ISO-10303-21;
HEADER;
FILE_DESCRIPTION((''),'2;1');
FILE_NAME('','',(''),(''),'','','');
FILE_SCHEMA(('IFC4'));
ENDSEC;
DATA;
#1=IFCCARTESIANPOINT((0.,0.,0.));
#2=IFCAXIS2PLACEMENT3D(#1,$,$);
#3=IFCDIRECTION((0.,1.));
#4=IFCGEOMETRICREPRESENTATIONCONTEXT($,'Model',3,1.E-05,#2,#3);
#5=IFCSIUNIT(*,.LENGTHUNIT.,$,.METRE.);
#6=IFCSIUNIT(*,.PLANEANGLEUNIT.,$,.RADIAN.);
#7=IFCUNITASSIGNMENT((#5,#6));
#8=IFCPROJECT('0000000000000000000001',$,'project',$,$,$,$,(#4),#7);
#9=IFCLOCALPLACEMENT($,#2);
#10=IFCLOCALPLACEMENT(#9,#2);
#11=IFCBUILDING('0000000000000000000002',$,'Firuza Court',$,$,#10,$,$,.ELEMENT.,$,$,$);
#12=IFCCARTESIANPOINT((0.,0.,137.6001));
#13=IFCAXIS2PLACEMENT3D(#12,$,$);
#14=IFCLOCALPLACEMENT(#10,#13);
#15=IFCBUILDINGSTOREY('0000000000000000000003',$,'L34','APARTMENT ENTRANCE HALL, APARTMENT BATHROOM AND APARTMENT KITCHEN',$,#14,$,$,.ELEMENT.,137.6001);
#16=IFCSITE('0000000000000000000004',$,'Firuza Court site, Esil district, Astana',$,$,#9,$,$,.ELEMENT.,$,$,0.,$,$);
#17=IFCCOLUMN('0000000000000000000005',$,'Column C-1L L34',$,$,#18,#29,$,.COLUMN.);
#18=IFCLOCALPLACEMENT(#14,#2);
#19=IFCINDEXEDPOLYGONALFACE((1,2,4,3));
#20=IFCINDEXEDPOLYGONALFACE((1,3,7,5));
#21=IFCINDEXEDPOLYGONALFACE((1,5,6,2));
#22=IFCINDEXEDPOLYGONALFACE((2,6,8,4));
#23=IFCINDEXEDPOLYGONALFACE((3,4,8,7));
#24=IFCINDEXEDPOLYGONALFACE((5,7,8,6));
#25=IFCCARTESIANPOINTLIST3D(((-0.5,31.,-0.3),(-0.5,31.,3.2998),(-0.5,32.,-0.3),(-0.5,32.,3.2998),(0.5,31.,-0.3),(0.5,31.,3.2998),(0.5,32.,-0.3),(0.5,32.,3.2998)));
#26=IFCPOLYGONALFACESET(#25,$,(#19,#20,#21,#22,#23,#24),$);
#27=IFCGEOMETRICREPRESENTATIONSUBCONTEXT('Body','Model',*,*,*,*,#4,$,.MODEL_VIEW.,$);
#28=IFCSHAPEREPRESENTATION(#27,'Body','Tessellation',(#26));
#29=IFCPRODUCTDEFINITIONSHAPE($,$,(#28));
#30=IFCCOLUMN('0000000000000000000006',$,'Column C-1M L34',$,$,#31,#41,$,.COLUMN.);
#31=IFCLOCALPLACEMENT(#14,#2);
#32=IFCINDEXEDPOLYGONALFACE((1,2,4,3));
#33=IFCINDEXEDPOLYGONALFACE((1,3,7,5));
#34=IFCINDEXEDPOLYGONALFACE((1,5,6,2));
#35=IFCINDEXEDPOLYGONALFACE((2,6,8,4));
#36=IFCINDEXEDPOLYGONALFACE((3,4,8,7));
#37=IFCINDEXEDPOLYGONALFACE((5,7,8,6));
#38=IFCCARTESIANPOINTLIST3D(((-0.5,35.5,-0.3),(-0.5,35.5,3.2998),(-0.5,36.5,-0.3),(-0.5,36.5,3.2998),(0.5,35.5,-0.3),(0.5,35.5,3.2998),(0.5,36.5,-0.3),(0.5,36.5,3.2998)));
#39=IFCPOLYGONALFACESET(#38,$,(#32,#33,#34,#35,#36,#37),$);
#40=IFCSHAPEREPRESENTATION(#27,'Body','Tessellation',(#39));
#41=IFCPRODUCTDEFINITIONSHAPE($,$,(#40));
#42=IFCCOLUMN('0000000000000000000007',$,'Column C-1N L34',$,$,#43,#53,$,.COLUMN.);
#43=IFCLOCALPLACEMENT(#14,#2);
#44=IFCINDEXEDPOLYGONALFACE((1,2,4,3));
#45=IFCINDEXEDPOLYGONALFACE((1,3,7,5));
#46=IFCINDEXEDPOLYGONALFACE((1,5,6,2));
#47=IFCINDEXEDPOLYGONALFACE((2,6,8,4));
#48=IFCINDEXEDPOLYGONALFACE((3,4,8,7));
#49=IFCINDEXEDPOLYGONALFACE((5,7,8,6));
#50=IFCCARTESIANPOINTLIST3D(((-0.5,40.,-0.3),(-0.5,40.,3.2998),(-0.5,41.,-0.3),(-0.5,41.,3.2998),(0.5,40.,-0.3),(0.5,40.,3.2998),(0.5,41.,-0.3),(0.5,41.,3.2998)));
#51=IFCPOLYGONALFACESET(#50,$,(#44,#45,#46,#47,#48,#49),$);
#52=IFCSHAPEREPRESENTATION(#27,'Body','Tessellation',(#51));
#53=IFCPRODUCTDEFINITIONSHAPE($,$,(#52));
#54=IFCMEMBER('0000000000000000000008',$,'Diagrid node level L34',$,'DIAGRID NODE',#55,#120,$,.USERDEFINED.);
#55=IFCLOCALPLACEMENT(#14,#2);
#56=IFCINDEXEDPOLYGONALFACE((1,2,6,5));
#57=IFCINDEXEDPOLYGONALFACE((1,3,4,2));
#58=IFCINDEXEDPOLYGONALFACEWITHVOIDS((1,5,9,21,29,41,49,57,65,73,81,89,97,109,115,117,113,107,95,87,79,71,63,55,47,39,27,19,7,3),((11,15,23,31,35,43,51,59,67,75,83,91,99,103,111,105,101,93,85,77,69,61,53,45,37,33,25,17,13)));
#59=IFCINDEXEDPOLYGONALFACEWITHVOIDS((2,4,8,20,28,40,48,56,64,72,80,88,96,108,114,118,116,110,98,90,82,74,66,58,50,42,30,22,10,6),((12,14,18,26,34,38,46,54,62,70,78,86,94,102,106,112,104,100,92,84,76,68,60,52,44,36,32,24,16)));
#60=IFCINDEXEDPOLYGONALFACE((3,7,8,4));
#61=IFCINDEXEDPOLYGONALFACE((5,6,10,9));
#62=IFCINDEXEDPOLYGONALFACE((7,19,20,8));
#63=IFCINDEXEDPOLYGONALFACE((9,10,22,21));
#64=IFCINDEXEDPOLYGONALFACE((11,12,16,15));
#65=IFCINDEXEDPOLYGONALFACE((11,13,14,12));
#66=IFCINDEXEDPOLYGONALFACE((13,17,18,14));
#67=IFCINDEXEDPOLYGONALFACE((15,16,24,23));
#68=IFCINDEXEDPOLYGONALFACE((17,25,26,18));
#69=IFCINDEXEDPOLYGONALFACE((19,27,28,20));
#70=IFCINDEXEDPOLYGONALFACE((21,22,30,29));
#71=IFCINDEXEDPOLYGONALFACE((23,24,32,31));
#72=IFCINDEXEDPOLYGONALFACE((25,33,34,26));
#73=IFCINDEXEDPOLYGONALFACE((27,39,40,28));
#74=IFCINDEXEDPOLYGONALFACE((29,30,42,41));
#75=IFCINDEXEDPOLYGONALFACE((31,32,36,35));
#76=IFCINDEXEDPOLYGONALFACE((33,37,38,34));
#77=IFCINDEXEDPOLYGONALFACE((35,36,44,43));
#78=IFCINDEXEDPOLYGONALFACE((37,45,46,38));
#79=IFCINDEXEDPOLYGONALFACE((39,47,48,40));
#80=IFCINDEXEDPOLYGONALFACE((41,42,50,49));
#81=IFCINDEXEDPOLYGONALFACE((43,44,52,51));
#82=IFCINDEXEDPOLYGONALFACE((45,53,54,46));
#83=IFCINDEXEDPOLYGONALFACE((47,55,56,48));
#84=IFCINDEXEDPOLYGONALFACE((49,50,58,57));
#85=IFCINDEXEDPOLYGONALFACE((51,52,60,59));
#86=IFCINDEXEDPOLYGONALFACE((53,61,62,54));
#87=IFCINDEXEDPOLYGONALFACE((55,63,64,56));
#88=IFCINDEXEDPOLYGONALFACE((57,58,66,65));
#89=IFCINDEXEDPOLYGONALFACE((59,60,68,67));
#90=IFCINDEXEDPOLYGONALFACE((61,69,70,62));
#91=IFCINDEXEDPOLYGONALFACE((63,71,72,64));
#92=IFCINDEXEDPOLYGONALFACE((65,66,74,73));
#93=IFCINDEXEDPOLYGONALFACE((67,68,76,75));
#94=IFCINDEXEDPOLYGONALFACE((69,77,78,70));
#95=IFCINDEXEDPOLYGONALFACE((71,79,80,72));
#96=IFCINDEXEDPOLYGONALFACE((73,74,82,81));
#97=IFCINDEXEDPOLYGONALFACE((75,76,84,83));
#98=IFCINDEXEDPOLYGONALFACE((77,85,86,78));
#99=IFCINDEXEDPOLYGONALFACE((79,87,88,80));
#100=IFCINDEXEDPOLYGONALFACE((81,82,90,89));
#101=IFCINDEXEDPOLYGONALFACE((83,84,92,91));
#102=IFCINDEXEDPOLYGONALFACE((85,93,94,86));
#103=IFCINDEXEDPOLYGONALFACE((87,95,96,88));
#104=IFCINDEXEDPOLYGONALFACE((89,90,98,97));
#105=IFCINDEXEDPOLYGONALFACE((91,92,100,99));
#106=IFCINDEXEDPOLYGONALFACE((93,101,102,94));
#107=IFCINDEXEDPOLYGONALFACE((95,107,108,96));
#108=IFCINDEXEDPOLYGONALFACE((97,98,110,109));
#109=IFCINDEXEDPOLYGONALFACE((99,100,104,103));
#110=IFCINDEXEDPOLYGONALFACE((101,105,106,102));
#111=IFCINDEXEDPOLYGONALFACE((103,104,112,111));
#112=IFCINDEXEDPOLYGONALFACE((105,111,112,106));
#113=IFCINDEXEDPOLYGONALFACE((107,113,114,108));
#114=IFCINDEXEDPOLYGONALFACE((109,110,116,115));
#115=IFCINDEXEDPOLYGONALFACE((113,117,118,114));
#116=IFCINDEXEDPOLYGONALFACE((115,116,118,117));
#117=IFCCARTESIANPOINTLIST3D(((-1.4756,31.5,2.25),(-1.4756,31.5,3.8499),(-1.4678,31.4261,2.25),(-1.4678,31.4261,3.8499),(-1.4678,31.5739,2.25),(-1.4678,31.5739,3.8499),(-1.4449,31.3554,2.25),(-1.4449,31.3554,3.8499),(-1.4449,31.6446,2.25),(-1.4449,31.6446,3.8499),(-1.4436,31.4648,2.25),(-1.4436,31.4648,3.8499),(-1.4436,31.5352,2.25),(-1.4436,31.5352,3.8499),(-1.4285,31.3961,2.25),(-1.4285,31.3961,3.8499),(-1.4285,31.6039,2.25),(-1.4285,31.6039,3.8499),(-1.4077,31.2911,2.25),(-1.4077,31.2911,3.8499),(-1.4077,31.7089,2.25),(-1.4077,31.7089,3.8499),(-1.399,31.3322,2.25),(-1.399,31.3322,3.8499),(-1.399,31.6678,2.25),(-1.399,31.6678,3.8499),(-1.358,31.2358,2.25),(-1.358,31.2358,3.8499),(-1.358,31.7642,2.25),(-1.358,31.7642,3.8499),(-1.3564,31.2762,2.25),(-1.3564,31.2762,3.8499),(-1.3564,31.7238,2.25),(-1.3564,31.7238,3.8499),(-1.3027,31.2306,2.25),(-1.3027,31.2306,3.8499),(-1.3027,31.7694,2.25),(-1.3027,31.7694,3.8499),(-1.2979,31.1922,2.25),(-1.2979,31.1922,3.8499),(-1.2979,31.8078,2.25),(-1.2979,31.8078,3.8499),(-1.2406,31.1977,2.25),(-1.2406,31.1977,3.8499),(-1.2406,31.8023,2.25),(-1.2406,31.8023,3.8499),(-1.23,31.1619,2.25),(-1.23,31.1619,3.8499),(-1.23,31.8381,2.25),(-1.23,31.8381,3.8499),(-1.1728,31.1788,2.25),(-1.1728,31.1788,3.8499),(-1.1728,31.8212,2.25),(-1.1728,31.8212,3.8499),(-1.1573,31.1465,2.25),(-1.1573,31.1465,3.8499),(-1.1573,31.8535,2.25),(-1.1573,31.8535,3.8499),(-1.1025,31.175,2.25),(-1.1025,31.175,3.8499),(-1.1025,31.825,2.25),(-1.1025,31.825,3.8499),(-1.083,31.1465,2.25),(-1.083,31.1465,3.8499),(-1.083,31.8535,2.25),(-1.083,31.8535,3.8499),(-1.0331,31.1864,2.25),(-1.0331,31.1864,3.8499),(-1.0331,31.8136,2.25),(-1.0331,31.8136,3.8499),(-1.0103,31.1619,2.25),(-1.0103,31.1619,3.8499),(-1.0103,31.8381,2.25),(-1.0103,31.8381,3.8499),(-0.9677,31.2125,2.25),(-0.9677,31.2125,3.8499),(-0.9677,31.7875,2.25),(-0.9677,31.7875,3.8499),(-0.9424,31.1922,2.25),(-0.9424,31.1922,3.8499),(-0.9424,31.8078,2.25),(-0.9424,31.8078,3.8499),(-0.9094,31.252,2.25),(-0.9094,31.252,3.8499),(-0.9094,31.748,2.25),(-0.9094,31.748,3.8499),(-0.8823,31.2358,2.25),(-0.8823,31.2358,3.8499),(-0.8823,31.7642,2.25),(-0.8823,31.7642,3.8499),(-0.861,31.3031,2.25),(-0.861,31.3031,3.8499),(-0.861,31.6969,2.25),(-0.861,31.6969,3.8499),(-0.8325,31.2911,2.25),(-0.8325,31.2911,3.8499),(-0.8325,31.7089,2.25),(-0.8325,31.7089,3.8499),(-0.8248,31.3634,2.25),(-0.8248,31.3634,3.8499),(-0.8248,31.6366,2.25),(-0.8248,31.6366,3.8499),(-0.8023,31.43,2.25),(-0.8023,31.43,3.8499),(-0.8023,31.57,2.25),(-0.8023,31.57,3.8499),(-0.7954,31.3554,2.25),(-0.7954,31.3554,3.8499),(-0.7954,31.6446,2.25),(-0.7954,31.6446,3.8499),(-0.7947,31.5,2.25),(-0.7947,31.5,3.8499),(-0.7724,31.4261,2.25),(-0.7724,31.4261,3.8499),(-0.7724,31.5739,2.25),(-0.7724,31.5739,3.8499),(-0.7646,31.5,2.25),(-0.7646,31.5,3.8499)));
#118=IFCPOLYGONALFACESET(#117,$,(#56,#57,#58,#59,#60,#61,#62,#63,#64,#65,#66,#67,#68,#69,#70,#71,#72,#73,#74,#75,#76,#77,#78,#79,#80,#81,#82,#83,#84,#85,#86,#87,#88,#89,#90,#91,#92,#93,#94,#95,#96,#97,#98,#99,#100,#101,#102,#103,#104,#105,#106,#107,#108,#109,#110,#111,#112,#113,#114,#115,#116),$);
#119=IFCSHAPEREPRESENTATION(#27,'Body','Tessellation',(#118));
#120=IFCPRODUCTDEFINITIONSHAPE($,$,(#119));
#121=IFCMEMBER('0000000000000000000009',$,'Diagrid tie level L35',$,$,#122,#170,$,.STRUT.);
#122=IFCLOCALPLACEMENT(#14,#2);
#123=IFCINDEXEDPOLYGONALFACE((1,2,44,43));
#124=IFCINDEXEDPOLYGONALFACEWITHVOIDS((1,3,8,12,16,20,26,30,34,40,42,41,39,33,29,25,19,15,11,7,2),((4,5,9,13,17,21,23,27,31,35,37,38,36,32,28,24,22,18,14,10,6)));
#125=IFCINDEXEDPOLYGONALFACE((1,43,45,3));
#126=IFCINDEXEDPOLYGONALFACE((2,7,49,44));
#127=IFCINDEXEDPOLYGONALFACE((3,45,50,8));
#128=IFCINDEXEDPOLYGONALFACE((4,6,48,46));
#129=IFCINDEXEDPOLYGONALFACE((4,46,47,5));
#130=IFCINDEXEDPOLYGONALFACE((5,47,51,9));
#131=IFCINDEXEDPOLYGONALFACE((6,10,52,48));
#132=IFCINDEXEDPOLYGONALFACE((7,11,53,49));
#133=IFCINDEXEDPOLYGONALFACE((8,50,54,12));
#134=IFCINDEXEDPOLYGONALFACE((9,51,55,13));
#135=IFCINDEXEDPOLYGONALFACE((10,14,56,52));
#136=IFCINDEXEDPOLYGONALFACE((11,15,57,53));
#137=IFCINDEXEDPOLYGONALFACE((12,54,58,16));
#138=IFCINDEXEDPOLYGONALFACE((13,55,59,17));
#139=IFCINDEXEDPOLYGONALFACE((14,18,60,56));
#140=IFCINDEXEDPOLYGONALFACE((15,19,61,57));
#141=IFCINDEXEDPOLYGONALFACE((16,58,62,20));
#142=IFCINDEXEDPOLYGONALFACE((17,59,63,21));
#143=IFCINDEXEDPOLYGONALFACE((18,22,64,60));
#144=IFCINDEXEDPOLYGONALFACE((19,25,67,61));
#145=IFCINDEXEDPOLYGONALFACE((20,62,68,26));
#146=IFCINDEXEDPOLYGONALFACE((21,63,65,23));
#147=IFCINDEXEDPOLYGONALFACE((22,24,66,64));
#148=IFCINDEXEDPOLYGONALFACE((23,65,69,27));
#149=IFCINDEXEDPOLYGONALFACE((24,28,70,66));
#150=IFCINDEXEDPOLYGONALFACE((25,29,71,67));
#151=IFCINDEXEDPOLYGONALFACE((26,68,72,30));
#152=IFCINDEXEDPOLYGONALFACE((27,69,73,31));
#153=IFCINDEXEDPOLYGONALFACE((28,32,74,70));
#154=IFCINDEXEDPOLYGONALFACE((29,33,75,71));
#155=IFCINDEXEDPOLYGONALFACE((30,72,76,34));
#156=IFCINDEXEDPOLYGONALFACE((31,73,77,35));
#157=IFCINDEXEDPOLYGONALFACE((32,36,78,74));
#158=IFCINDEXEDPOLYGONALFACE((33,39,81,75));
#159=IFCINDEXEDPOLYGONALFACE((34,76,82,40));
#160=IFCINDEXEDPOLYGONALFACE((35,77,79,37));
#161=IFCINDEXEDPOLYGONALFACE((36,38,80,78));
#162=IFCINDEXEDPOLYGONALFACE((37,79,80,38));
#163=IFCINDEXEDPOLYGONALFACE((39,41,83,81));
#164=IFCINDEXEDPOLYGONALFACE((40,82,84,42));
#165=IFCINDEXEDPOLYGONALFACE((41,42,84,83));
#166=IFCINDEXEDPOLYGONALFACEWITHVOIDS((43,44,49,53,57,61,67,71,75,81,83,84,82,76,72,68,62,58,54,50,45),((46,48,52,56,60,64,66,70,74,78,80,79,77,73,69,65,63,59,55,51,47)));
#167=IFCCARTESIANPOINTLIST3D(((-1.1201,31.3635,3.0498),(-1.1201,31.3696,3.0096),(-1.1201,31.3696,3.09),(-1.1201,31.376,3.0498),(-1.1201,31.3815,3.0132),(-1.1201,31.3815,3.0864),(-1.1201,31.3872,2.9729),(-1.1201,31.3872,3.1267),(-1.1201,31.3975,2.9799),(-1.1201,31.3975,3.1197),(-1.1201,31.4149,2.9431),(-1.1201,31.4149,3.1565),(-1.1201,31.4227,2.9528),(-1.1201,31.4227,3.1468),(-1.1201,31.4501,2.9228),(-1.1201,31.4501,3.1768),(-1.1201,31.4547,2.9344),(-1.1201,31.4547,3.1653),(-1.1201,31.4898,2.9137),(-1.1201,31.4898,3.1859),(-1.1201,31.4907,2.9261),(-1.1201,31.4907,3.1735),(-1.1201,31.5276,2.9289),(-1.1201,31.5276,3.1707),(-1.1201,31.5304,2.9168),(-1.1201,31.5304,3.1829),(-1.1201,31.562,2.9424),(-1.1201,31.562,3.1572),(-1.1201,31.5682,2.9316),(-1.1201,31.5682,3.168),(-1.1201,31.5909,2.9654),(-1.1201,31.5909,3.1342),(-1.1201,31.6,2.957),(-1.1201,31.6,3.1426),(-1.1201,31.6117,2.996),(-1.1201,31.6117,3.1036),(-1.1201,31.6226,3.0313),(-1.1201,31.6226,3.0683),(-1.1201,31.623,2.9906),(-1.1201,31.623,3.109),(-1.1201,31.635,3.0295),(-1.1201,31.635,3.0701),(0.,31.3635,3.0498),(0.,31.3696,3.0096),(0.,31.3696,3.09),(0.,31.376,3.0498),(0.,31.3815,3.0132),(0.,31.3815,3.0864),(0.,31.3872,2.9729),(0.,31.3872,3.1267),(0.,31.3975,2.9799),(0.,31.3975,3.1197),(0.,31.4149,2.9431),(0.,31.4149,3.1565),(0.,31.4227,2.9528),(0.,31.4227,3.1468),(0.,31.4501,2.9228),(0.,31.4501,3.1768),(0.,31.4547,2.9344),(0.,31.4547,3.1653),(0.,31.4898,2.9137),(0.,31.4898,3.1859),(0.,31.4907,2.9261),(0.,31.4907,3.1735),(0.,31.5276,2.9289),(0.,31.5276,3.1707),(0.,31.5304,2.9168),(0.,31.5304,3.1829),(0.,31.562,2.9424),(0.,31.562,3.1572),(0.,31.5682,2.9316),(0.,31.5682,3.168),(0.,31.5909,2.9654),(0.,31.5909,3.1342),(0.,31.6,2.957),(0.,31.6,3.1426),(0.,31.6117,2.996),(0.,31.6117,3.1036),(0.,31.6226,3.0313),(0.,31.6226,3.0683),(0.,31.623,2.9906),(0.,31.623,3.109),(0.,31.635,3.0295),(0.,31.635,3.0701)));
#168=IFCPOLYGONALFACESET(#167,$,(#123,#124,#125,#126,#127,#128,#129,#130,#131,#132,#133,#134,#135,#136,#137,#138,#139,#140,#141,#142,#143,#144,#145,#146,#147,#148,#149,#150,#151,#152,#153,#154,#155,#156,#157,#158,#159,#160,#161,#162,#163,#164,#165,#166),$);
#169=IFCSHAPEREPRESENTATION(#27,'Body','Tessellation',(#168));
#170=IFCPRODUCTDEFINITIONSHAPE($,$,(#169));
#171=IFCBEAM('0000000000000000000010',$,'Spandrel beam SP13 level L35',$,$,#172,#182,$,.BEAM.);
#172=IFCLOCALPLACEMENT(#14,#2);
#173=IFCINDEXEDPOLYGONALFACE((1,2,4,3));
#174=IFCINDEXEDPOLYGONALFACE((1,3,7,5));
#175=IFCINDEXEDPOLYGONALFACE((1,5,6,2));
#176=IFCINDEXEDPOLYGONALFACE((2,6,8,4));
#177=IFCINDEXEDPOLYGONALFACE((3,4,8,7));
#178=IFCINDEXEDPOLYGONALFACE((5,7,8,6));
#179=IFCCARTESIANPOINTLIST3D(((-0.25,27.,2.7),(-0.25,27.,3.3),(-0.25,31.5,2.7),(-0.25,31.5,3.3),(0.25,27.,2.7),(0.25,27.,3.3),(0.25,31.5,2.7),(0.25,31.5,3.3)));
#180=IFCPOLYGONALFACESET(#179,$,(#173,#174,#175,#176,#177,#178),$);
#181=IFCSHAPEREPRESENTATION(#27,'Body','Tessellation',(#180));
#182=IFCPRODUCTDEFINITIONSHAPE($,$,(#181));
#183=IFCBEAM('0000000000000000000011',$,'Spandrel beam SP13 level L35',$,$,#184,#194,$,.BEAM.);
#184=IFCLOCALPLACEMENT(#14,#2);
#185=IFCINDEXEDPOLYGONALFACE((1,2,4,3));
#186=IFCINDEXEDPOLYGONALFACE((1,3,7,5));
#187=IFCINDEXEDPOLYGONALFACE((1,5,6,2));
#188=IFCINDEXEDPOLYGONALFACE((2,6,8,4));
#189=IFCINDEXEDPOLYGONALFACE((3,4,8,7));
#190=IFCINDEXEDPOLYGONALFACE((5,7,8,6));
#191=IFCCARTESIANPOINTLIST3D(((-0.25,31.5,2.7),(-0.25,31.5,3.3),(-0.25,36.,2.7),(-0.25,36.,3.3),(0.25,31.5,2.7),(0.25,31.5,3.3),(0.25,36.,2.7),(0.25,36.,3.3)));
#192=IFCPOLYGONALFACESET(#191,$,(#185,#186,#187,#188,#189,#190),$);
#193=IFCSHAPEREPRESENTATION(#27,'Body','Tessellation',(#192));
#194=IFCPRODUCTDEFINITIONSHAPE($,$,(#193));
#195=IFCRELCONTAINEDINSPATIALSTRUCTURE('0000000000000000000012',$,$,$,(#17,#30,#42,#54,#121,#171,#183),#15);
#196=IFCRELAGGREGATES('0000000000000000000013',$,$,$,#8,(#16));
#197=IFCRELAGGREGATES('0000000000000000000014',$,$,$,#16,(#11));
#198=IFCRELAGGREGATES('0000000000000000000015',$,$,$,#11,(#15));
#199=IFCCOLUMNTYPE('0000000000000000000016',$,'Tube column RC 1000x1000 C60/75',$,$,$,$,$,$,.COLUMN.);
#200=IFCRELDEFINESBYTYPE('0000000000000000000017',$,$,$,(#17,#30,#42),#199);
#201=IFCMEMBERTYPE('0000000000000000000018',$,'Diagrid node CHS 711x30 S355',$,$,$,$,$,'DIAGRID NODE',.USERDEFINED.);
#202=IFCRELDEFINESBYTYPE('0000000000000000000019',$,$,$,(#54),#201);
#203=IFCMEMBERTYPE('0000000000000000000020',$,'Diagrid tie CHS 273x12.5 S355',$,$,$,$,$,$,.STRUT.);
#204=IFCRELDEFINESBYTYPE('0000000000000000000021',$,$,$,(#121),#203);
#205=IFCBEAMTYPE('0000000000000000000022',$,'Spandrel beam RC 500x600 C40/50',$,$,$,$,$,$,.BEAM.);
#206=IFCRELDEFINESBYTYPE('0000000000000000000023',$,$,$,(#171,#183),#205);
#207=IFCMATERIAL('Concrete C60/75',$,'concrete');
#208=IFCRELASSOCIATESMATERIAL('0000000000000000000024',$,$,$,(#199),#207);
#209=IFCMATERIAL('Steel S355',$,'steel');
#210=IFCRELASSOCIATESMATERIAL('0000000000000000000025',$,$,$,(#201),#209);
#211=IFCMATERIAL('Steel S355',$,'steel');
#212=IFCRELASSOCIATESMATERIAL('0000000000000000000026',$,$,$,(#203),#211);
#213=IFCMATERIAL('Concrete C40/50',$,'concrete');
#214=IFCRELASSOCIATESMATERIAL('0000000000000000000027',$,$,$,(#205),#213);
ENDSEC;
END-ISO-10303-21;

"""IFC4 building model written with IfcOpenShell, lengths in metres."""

from ifc_helpers import new_model, si_unit, direction, frame, origin, origin_2d, place, context, subcontext, project, spatial, rectangle, hollow_circle, extrude, material, material_profile, profile_set, type_object, element, save


model = new_model("IFC4")

# Units and contexts
model_context = context("Model", 3, precision=1e-05, world=origin(), true_north=direction((0.0, 1.0)))
body_context = subcontext(model_context, "Body", "Model", "MODEL_VIEW")
ifc_project = project(units=[si_unit("LENGTHUNIT", "METRE"), si_unit("PLANEANGLEUNIT", "RADIAN")], contexts=[model_context])

# Site, building, storey
site_placement = place(None, origin())
site = spatial("IfcSite", under=ifc_project, at=site_placement, Name="Firuza Court site, Esil district, Astana", CompositionType="ELEMENT", RefElevation=0.0)
building_placement = place(site_placement, origin())
building = spatial("IfcBuilding", under=site, at=building_placement, Name="Firuza Court", CompositionType="ELEMENT")
storey_placement = place(building_placement, frame((0.0, 0.0, 137.6001)))
storey = spatial("IfcBuildingStorey", under=building, at=storey_placement, Name="L34", Description="APARTMENT ENTRANCE HALL, APARTMENT BATHROOM AND APARTMENT KITCHEN", CompositionType="ELEMENT", Elevation=137.6001)

# Columns
ifc_material_1 = material(Name="Concrete C60/75", Category="concrete")
ifc_material_profile_1 = material_profile(ifc_material_1, rectangle(XDim=1.0, YDim=1.0, at=origin_2d()), Name="RC 1000x1000")
ifc_profile_set_1 = profile_set([ifc_material_profile_1], Name="Concrete C60/75")
column_type = type_object("IfcColumnType", Name="Tube column RC 1000x1000 C60/75", PredefinedType="COLUMN", material=ifc_profile_set_1)
for number, where, z_axis, x_axis, name in (
    (1, (0.0, 31.5, -0.3), (0.0, 0.0, 1.0), (1.0, 0.0, 0.0), "Column C-1L L34"),
    (2, (0.0, 36.0, -0.3), (0.0, 0.0, 1.0), (1.0, 0.0, 0.0), "Column C-1M L34"),
    (3, (0.0, 40.5, -0.3), (0.0, 0.0, 1.0), (1.0, 0.0, 0.0), "Column C-1N L34"),
):
    element("IfcColumn", number, at=place(storey_placement, frame(where, z_axis=z_axis, x_axis=x_axis)), inside=storey, type_object=column_type, Name=name, PredefinedType="COLUMN", context=body_context, shape_type="SweptSolid", body=[
        extrude(rectangle(XDim=1.0, YDim=1.0, at=origin_2d()), origin(), (0.0, 0.0, 1.0), 3.5999),
    ])

# Members
ifc_material_2 = material(Name="Steel S355", Category="steel")
ifc_material_profile_2 = material_profile(ifc_material_2, hollow_circle(Radius=0.3555, WallThickness=0.03, at=origin_2d()), Name="CHS 711x30")
ifc_profile_set_2 = profile_set([ifc_material_profile_2], Name="Steel S355")
member_type_1 = type_object("IfcMemberType", Name="Diagrid node CHS 711x30 S355", ElementType="DIAGRID NODE", PredefinedType="USERDEFINED", material=ifc_profile_set_2)
member_1_placement = place(storey_placement, frame((-1.1201, 31.5, 2.25), z_axis=(0.0, 0.0, 1.0), x_axis=(1.0, 0.0, 0.0)))
element("IfcMember", 4, at=member_1_placement, inside=storey, type_object=member_type_1, Name="Diagrid node level L34", ObjectType="DIAGRID NODE", PredefinedType="USERDEFINED", context=body_context, shape_type="SweptSolid", body=[
    extrude(hollow_circle(Radius=0.3555, WallThickness=0.03, at=origin_2d()), origin(), (0.0, 0.0, 1.0), 1.5999),
])
ifc_material_3 = material(Name="Steel S355", Category="steel")
ifc_material_profile_3 = material_profile(ifc_material_3, hollow_circle(Radius=0.1365, WallThickness=0.0125, at=origin_2d()), Name="CHS 273x12.5")
ifc_profile_set_3 = profile_set([ifc_material_profile_3], Name="Steel S355")
member_type_2 = type_object("IfcMemberType", Name="Diagrid tie CHS 273x12.5 S355", PredefinedType="STRUT", material=ifc_profile_set_3)
member_2_placement = place(storey_placement, frame((0.0, 31.5, 3.0498), z_axis=(-1.0, 0.0, 0.0), x_axis=(0.0, -1.0, 0.0)))
element("IfcMember", 5, at=member_2_placement, inside=storey, type_object=member_type_2, Name="Diagrid tie level L35", PredefinedType="STRUT", context=body_context, shape_type="SweptSolid", body=[
    extrude(hollow_circle(Radius=0.1365, WallThickness=0.0125, at=origin_2d()), origin(), (0.0, 0.0, 1.0), 1.1201),
])

# Beams
ifc_material_4 = material(Name="Concrete C40/50", Category="concrete")
ifc_material_profile_4 = material_profile(ifc_material_4, rectangle(XDim=0.5, YDim=0.6001, at=origin_2d()), Name="RC 500x600")
ifc_profile_set_4 = profile_set([ifc_material_profile_4], Name="Concrete C40/50")
beam_type = type_object("IfcBeamType", Name="Spandrel beam RC 500x600 C40/50", PredefinedType="BEAM", material=ifc_profile_set_4)
for number, where, z_axis, x_axis, name in (
    (6, (0.0, 31.5, 3.0), (0.0, -1.0, 0.0), (1.0, 0.0, 0.0), "Spandrel beam SP13 level L35"),
    (7, (0.0, 36.0, 3.0), (0.0, -1.0, 0.0), (1.0, 0.0, 0.0), "Spandrel beam SP13 level L35"),
):
    element("IfcBeam", number, at=place(storey_placement, frame(where, z_axis=z_axis, x_axis=x_axis)), inside=storey, type_object=beam_type, Name=name, PredefinedType="BEAM", context=body_context, shape_type="SweptSolid", body=[
        extrude(rectangle(XDim=0.5, YDim=0.6001, at=origin_2d()), origin(), (0.0, 0.0, 1.0), 4.5),
    ])

save(model, "model.ifc")
